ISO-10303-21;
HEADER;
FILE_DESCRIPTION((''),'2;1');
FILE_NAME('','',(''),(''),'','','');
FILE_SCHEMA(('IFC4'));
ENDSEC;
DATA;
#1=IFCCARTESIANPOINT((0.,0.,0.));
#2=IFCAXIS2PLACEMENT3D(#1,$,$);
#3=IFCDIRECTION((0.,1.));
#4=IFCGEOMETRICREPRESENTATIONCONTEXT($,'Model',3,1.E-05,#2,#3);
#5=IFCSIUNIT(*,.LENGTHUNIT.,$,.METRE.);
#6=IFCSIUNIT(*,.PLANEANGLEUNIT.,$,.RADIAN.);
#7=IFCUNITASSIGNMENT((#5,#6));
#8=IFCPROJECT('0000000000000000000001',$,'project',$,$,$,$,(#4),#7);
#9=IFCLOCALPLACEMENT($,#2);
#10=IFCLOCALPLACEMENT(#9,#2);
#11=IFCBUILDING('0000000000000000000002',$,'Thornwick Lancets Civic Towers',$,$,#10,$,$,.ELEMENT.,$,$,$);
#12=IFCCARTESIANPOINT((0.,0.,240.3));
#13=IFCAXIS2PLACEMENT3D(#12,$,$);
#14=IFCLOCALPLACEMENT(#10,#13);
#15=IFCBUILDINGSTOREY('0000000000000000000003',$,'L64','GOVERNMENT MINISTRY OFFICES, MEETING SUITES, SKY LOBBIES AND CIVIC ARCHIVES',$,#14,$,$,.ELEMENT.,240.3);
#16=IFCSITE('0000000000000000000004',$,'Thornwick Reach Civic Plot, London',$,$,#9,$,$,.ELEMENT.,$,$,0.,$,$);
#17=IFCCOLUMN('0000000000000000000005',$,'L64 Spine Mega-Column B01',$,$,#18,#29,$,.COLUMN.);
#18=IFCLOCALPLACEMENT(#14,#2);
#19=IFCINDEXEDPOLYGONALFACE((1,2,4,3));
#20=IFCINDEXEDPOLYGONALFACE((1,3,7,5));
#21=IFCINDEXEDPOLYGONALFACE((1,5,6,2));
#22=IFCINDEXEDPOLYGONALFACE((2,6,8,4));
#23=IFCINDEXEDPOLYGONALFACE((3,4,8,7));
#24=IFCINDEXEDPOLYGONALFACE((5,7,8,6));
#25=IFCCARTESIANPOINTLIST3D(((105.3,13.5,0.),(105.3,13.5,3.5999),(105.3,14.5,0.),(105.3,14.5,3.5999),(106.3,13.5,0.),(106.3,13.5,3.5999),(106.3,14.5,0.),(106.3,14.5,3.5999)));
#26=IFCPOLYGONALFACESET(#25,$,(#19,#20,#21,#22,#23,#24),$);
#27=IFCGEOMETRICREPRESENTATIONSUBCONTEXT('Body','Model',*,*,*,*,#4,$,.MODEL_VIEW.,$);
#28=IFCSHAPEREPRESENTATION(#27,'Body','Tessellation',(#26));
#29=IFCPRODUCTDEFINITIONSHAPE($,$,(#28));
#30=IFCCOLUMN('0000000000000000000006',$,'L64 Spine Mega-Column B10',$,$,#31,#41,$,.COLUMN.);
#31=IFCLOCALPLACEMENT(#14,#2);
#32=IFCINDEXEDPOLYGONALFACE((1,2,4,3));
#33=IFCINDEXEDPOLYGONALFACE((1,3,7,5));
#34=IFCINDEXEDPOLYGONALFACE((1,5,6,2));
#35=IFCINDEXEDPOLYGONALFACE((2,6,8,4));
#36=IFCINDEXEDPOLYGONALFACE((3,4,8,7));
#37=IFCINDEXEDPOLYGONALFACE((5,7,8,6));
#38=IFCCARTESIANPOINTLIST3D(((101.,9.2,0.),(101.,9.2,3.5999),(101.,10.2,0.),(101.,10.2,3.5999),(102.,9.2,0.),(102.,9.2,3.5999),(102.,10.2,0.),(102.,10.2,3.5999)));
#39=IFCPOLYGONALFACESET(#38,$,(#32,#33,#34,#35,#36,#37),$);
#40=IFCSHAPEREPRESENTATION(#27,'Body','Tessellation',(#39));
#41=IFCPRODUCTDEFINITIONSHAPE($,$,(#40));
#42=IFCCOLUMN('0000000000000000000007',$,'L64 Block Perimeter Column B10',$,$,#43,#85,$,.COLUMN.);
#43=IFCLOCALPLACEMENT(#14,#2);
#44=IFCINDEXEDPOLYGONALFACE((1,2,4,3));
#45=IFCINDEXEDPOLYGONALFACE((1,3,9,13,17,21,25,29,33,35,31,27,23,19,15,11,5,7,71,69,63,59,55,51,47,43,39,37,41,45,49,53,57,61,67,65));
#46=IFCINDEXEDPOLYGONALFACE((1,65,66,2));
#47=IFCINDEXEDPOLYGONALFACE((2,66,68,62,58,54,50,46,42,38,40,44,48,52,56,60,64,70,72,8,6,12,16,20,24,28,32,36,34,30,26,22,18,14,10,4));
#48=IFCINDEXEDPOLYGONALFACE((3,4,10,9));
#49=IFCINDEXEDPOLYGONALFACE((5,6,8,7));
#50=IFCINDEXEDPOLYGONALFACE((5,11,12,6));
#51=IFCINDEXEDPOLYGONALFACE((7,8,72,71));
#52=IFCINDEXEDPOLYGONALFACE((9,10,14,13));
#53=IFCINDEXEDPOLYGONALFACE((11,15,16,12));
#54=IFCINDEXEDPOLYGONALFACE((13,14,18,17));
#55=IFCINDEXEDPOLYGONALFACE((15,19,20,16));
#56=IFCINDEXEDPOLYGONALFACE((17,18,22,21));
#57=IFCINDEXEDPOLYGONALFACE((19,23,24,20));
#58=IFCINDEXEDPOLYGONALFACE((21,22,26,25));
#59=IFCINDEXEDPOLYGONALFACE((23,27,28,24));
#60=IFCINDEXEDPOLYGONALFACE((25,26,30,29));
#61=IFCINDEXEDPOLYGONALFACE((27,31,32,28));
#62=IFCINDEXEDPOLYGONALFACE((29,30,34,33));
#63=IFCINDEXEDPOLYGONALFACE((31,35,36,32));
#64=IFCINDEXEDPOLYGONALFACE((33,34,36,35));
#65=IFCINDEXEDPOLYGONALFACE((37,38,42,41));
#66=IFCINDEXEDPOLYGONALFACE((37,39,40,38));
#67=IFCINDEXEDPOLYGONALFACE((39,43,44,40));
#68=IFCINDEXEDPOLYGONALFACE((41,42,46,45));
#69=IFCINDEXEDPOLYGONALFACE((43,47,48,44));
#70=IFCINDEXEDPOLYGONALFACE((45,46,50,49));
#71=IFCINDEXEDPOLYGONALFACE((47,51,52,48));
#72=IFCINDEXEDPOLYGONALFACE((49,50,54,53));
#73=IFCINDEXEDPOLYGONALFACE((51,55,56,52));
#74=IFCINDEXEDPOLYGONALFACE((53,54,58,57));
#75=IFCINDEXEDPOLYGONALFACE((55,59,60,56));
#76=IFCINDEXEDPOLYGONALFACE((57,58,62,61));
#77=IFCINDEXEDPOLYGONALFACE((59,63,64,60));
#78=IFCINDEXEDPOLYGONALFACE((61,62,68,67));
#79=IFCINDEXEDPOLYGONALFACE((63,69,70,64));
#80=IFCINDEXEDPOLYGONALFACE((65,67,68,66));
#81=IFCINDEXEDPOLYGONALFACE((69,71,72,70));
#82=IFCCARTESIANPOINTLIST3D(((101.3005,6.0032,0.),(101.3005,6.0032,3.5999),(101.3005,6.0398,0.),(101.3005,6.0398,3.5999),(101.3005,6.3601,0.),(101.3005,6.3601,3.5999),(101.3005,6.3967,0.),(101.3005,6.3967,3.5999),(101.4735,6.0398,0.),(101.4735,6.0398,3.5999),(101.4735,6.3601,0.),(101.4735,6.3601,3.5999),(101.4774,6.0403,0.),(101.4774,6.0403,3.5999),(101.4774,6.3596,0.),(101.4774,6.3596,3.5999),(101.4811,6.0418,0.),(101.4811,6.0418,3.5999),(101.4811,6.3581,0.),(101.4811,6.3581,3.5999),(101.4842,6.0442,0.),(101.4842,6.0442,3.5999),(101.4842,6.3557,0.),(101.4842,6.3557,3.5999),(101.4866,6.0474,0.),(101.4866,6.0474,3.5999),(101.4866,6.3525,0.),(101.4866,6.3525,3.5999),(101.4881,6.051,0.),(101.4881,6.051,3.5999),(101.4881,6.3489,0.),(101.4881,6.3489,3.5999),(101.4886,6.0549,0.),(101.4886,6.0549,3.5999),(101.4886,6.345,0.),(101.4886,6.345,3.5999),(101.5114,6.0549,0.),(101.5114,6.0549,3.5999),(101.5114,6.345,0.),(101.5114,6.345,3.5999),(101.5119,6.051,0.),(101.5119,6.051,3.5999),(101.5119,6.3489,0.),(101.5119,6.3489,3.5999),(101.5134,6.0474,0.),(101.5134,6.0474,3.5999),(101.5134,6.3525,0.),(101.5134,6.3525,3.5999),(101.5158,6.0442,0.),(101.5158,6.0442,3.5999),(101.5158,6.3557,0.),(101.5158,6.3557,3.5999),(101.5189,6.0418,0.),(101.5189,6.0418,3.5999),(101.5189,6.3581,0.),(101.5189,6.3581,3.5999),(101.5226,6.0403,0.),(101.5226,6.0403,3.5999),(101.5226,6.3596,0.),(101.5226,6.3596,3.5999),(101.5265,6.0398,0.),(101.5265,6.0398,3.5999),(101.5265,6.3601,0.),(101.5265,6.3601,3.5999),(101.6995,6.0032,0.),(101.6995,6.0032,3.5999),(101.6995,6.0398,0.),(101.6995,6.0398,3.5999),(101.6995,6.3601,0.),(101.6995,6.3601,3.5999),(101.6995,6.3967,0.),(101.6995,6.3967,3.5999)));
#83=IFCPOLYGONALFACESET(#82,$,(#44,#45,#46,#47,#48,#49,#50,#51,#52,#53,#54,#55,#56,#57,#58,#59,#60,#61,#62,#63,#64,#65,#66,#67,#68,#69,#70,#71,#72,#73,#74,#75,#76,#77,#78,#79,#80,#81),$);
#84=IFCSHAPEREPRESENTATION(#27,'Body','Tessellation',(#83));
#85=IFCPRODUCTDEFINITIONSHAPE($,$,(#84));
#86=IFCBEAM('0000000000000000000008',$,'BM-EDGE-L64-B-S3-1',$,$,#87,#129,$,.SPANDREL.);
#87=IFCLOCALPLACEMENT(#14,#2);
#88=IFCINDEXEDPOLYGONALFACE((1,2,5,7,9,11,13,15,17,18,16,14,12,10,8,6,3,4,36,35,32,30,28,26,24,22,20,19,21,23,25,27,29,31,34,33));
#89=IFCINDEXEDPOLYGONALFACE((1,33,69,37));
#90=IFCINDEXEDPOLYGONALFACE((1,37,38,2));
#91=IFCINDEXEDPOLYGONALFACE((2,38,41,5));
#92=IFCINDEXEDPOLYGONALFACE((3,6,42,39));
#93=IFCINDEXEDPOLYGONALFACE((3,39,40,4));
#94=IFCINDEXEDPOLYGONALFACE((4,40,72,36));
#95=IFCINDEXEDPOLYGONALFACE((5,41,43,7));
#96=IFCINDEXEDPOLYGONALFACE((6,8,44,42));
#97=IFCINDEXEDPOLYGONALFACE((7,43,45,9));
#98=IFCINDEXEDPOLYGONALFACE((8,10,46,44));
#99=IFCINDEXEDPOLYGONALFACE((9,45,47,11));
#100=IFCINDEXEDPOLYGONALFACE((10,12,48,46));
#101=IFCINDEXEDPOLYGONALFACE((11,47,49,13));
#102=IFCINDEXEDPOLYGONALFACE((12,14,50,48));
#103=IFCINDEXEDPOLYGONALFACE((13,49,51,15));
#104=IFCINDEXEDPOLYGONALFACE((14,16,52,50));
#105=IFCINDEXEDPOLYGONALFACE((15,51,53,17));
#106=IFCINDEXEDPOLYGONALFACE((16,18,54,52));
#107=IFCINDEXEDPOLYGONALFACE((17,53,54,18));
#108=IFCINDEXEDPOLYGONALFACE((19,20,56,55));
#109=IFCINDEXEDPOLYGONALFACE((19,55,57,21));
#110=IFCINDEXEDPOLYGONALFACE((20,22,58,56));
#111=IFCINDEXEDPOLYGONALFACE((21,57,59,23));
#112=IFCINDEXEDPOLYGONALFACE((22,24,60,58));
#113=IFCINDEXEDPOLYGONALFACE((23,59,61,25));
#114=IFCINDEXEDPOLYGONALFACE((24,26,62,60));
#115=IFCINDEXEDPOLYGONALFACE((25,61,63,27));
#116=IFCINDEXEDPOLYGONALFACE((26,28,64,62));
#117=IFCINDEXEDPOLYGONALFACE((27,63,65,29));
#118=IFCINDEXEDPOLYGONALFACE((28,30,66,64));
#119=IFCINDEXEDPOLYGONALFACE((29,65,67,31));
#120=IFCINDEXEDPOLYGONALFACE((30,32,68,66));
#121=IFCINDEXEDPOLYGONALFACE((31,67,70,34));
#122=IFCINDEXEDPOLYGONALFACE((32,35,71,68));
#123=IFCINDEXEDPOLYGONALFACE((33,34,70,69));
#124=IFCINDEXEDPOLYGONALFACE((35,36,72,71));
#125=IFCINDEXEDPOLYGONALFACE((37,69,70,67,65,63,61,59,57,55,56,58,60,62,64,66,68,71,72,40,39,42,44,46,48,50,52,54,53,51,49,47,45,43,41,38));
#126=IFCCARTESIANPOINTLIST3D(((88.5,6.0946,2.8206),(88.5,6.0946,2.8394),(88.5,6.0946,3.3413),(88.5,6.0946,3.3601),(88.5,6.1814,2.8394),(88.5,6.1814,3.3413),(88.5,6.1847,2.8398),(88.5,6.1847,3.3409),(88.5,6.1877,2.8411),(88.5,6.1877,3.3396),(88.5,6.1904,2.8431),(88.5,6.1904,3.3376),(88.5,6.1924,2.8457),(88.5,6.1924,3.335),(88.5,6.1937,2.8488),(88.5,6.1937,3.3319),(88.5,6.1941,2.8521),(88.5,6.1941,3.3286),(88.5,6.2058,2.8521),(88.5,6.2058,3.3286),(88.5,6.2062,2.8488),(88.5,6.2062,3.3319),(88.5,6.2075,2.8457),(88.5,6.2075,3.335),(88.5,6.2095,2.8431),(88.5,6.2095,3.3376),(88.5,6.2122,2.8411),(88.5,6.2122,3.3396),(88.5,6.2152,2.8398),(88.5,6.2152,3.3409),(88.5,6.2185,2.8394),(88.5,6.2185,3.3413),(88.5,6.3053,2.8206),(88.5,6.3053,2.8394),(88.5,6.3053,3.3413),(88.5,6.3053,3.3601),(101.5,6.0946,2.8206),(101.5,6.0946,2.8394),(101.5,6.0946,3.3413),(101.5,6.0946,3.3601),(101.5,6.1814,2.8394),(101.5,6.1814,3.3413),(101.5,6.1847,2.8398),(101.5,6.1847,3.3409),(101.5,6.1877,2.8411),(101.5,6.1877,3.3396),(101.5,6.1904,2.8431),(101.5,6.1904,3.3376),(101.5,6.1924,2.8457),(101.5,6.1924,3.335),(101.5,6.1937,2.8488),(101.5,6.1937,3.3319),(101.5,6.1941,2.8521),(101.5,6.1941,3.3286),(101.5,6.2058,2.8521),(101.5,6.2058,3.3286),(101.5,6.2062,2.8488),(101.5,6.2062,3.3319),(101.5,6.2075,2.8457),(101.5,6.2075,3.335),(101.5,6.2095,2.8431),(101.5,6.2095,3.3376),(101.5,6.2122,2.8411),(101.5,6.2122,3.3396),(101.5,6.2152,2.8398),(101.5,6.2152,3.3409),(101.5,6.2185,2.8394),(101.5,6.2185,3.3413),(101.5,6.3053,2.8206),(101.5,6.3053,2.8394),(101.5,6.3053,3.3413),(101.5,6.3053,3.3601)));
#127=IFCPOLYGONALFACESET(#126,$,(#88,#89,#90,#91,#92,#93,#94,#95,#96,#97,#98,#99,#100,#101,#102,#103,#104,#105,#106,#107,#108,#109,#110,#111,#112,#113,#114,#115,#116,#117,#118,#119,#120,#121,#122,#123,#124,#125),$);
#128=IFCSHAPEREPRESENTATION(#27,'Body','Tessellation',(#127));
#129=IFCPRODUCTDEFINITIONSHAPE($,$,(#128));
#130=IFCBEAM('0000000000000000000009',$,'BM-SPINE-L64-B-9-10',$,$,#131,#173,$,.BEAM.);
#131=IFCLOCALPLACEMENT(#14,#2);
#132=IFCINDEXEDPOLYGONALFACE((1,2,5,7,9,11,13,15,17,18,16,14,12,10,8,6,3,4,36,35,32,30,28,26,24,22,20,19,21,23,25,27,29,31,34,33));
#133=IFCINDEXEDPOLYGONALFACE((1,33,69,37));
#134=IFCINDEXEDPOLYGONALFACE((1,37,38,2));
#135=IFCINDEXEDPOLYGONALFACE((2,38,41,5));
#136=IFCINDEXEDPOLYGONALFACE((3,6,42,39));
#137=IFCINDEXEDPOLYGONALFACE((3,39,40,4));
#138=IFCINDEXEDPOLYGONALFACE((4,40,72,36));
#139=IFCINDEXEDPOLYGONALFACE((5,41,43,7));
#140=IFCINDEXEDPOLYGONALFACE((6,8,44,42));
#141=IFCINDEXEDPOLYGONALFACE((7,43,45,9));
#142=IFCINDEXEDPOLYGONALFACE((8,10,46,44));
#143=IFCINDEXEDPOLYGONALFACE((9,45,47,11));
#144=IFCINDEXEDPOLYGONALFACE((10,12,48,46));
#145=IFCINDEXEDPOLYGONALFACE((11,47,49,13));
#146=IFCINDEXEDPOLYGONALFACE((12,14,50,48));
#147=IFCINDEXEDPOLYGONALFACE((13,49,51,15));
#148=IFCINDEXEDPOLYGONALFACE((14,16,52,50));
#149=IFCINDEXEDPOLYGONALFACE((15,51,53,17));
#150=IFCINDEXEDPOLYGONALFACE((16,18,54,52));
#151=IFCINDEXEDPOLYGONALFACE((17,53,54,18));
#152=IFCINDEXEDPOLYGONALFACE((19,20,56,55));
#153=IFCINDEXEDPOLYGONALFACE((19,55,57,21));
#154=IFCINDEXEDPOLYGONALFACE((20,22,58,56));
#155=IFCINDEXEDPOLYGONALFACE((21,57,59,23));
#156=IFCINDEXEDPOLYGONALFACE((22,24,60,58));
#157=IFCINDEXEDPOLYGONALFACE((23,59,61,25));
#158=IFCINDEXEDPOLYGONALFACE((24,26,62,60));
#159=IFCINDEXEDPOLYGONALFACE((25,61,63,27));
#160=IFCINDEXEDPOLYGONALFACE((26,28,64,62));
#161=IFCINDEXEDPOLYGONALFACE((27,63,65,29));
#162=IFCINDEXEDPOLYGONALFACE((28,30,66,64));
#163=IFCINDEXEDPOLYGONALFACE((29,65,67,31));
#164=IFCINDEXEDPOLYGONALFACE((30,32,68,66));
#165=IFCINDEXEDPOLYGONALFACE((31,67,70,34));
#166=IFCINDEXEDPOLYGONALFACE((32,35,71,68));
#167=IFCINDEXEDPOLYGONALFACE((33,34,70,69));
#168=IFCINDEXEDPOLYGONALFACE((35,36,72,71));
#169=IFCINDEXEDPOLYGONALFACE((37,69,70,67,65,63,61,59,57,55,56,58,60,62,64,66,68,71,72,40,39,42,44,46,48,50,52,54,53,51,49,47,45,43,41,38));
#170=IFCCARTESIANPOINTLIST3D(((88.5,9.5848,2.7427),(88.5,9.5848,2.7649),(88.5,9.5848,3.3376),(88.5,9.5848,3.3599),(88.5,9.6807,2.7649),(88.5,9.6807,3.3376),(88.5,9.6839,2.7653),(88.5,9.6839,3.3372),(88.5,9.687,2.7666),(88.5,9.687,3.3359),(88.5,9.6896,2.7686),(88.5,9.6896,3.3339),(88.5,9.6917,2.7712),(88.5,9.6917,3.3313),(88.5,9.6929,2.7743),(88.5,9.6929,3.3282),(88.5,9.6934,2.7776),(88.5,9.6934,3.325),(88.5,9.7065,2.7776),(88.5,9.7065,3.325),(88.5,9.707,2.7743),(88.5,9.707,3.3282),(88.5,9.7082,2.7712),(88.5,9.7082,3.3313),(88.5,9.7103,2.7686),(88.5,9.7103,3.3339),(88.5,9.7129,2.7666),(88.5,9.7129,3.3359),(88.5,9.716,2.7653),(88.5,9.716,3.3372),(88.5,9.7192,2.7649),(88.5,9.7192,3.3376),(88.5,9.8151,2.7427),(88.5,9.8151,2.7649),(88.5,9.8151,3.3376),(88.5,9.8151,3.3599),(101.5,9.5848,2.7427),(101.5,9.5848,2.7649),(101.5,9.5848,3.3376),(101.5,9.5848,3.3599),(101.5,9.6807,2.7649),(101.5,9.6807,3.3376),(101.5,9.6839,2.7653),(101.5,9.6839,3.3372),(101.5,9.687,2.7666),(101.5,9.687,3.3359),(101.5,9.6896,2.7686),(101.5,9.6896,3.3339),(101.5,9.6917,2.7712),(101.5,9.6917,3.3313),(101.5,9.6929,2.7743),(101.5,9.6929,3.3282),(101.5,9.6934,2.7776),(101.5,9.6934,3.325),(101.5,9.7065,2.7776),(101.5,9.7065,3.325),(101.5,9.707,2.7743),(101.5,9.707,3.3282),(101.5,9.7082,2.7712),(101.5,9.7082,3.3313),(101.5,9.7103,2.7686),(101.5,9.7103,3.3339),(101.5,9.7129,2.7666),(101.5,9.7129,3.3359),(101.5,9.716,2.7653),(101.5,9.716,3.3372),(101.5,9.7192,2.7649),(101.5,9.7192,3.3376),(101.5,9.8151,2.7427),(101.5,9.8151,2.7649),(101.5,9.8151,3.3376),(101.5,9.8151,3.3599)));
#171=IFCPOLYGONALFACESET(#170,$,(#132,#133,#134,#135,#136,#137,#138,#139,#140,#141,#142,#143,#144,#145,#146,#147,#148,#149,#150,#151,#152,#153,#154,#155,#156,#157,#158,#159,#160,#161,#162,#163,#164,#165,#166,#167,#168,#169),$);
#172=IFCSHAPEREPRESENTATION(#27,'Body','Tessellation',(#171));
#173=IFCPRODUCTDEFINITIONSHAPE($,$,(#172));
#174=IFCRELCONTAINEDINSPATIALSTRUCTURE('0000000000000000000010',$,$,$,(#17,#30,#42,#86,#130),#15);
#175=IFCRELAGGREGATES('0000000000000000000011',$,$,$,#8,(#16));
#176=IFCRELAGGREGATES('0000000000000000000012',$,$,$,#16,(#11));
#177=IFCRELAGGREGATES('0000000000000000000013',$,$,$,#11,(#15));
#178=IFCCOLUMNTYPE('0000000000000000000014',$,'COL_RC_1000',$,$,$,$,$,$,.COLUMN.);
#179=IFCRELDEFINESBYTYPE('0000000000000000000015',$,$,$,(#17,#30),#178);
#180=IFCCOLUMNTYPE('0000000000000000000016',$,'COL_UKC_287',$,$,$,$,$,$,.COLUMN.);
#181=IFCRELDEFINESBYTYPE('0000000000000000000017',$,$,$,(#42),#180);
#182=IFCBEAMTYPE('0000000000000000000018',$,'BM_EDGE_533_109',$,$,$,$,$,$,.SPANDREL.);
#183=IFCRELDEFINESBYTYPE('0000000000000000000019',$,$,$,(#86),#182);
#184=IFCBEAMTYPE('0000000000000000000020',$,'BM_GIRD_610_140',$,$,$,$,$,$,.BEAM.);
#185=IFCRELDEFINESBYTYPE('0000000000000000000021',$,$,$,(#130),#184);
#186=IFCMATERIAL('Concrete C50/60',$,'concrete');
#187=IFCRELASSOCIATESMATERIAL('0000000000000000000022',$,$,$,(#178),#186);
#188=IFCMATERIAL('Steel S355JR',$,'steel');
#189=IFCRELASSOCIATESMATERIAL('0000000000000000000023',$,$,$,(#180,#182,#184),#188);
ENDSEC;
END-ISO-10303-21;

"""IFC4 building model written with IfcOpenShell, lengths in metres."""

from ifc_helpers import new_model, si_unit, direction, frame, origin, origin_2d, place, context, subcontext, project, spatial, rectangle, i_section, extrude, material, material_profile, profile_set, type_object, element, save


model = new_model("IFC4")

# Units and contexts
model_context = context("Model", 3, precision=1e-05, world=origin(), true_north=direction((0.0, 1.0)))
body_context = subcontext(model_context, "Body", "Model", "MODEL_VIEW")
ifc_project = project(units=[si_unit("LENGTHUNIT", "METRE"), si_unit("PLANEANGLEUNIT", "RADIAN")], contexts=[model_context])

# Site, building, storey
site_placement = place(None, origin())
site = spatial("IfcSite", under=ifc_project, at=site_placement, Name="Thornwick Reach Civic Plot, London", CompositionType="ELEMENT", RefElevation=0.0)
building_placement = place(site_placement, origin())
building = spatial("IfcBuilding", under=site, at=building_placement, Name="Thornwick Lancets Civic Towers", CompositionType="ELEMENT")
storey_placement = place(building_placement, frame((0.0, 0.0, 240.3)))
storey = spatial("IfcBuildingStorey", under=building, at=storey_placement, Name="L64", Description="GOVERNMENT MINISTRY OFFICES, MEETING SUITES, SKY LOBBIES AND CIVIC ARCHIVES", CompositionType="ELEMENT", Elevation=240.3)

# Columns
ifc_material_1 = material(Name="Concrete C50/60", Category="concrete")
ifc_material_profile_1 = material_profile(ifc_material_1, rectangle(XDim=1.0, YDim=1.0, at=origin_2d()), Name="RC 1000x1000")
ifc_profile_set_1 = profile_set([ifc_material_profile_1], Name="Concrete C50/60")
column_type_1 = type_object("IfcColumnType", Name="COL_RC_1000", PredefinedType="COLUMN", material=ifc_profile_set_1)
for number, where, z_axis, x_axis, name in (
    (1, (105.8, 14.0, 0.0), (0.0, 0.0, 1.0), (1.0, 0.0, 0.0), "L64 Spine Mega-Column B01"),
    (2, (101.5, 9.7, 0.0), (0.0, 0.0, 1.0), (1.0, 0.0, 0.0), "L64 Spine Mega-Column B10"),
):
    element("IfcColumn", number, at=place(storey_placement, frame(where, z_axis=z_axis, x_axis=x_axis)), inside=storey, type_object=column_type_1, Name=name, PredefinedType="COLUMN", context=body_context, shape_type="SweptSolid", body=[
        extrude(rectangle(XDim=1.0, YDim=1.0, at=origin_2d()), origin(), (0.0, 0.0, 1.0), 3.5999),
    ])
ifc_material_2 = material(Name="Steel S355JR", Category="steel")
ifc_material_profile_2 = material_profile(ifc_material_2, i_section(OverallWidth=0.3989, OverallDepth=0.3936, WebThickness=0.0227, FlangeThickness=0.0366, FilletRadius=0.0151, at=origin_2d()), Name="UKC 356x406x287")
ifc_profile_set_2 = profile_set([ifc_material_profile_2], Name="Steel S355JR")
column_type_2 = type_object("IfcColumnType", Name="COL_UKC_287", PredefinedType="COLUMN", material=ifc_profile_set_2)
column_placement = place(storey_placement, frame((101.5, 6.2, 0.0), z_axis=(0.0, 0.0, 1.0), x_axis=(1.0, 0.0, 0.0)))
element("IfcColumn", 3, at=column_placement, inside=storey, type_object=column_type_2, Name="L64 Block Perimeter Column B10", PredefinedType="COLUMN", context=body_context, shape_type="SweptSolid", body=[
    extrude(i_section(OverallWidth=0.3989, OverallDepth=0.3936, WebThickness=0.0227, FlangeThickness=0.0366, FilletRadius=0.0151, at=origin_2d()), origin(), (0.0, 0.0, 1.0), 3.5999),
])

# Beams
ifc_material_profile_3 = material_profile(ifc_material_2, i_section(OverallWidth=0.2107, OverallDepth=0.5396, WebThickness=0.0117, FlangeThickness=0.0188, FilletRadius=0.0127, at=origin_2d()), Name="UKB 533x210x109")
ifc_profile_set_3 = profile_set([ifc_material_profile_3], Name="Steel S355JR")
beam_type_1 = type_object("IfcBeamType", Name="BM_EDGE_533_109", PredefinedType="SPANDREL", material=ifc_profile_set_3)
beam_1_placement = place(storey_placement, frame((101.5, 6.2, 3.0903), z_axis=(-1.0, 0.0, 0.0), x_axis=(0.0, -1.0, 0.0)))
element("IfcBeam", 4, at=beam_1_placement, inside=storey, type_object=beam_type_1, Name="BM-EDGE-L64-B-S3-1", PredefinedType="SPANDREL", context=body_context, shape_type="SweptSolid", body=[
    extrude(i_section(OverallWidth=0.2107, OverallDepth=0.5396, WebThickness=0.0117, FlangeThickness=0.0188, FilletRadius=0.0127, at=origin_2d()), origin(), (0.0, 0.0, 1.0), 13.0),
])
ifc_material_profile_4 = material_profile(ifc_material_2, i_section(OverallWidth=0.2302, OverallDepth=0.6172, WebThickness=0.0132, FlangeThickness=0.0222, FilletRadius=0.0127, at=origin_2d()), Name="UKB 610x229x140")
ifc_profile_set_4 = profile_set([ifc_material_profile_4], Name="Steel S355JR")
beam_type_2 = type_object("IfcBeamType", Name="BM_GIRD_610_140", PredefinedType="BEAM", material=ifc_profile_set_4)
beam_2_placement = place(storey_placement, frame((101.5, 9.7, 3.0513), z_axis=(-1.0, 0.0, 0.0), x_axis=(0.0, -1.0, 0.0)))
element("IfcBeam", 5, at=beam_2_placement, inside=storey, type_object=beam_type_2, Name="BM-SPINE-L64-B-9-10", PredefinedType="BEAM", context=body_context, shape_type="SweptSolid", body=[
    extrude(i_section(OverallWidth=0.2302, OverallDepth=0.6172, WebThickness=0.0132, FlangeThickness=0.0222, FilletRadius=0.0127, at=origin_2d()), origin(), (0.0, 0.0, 1.0), 13.0),
])

save(model, "model.ifc")
